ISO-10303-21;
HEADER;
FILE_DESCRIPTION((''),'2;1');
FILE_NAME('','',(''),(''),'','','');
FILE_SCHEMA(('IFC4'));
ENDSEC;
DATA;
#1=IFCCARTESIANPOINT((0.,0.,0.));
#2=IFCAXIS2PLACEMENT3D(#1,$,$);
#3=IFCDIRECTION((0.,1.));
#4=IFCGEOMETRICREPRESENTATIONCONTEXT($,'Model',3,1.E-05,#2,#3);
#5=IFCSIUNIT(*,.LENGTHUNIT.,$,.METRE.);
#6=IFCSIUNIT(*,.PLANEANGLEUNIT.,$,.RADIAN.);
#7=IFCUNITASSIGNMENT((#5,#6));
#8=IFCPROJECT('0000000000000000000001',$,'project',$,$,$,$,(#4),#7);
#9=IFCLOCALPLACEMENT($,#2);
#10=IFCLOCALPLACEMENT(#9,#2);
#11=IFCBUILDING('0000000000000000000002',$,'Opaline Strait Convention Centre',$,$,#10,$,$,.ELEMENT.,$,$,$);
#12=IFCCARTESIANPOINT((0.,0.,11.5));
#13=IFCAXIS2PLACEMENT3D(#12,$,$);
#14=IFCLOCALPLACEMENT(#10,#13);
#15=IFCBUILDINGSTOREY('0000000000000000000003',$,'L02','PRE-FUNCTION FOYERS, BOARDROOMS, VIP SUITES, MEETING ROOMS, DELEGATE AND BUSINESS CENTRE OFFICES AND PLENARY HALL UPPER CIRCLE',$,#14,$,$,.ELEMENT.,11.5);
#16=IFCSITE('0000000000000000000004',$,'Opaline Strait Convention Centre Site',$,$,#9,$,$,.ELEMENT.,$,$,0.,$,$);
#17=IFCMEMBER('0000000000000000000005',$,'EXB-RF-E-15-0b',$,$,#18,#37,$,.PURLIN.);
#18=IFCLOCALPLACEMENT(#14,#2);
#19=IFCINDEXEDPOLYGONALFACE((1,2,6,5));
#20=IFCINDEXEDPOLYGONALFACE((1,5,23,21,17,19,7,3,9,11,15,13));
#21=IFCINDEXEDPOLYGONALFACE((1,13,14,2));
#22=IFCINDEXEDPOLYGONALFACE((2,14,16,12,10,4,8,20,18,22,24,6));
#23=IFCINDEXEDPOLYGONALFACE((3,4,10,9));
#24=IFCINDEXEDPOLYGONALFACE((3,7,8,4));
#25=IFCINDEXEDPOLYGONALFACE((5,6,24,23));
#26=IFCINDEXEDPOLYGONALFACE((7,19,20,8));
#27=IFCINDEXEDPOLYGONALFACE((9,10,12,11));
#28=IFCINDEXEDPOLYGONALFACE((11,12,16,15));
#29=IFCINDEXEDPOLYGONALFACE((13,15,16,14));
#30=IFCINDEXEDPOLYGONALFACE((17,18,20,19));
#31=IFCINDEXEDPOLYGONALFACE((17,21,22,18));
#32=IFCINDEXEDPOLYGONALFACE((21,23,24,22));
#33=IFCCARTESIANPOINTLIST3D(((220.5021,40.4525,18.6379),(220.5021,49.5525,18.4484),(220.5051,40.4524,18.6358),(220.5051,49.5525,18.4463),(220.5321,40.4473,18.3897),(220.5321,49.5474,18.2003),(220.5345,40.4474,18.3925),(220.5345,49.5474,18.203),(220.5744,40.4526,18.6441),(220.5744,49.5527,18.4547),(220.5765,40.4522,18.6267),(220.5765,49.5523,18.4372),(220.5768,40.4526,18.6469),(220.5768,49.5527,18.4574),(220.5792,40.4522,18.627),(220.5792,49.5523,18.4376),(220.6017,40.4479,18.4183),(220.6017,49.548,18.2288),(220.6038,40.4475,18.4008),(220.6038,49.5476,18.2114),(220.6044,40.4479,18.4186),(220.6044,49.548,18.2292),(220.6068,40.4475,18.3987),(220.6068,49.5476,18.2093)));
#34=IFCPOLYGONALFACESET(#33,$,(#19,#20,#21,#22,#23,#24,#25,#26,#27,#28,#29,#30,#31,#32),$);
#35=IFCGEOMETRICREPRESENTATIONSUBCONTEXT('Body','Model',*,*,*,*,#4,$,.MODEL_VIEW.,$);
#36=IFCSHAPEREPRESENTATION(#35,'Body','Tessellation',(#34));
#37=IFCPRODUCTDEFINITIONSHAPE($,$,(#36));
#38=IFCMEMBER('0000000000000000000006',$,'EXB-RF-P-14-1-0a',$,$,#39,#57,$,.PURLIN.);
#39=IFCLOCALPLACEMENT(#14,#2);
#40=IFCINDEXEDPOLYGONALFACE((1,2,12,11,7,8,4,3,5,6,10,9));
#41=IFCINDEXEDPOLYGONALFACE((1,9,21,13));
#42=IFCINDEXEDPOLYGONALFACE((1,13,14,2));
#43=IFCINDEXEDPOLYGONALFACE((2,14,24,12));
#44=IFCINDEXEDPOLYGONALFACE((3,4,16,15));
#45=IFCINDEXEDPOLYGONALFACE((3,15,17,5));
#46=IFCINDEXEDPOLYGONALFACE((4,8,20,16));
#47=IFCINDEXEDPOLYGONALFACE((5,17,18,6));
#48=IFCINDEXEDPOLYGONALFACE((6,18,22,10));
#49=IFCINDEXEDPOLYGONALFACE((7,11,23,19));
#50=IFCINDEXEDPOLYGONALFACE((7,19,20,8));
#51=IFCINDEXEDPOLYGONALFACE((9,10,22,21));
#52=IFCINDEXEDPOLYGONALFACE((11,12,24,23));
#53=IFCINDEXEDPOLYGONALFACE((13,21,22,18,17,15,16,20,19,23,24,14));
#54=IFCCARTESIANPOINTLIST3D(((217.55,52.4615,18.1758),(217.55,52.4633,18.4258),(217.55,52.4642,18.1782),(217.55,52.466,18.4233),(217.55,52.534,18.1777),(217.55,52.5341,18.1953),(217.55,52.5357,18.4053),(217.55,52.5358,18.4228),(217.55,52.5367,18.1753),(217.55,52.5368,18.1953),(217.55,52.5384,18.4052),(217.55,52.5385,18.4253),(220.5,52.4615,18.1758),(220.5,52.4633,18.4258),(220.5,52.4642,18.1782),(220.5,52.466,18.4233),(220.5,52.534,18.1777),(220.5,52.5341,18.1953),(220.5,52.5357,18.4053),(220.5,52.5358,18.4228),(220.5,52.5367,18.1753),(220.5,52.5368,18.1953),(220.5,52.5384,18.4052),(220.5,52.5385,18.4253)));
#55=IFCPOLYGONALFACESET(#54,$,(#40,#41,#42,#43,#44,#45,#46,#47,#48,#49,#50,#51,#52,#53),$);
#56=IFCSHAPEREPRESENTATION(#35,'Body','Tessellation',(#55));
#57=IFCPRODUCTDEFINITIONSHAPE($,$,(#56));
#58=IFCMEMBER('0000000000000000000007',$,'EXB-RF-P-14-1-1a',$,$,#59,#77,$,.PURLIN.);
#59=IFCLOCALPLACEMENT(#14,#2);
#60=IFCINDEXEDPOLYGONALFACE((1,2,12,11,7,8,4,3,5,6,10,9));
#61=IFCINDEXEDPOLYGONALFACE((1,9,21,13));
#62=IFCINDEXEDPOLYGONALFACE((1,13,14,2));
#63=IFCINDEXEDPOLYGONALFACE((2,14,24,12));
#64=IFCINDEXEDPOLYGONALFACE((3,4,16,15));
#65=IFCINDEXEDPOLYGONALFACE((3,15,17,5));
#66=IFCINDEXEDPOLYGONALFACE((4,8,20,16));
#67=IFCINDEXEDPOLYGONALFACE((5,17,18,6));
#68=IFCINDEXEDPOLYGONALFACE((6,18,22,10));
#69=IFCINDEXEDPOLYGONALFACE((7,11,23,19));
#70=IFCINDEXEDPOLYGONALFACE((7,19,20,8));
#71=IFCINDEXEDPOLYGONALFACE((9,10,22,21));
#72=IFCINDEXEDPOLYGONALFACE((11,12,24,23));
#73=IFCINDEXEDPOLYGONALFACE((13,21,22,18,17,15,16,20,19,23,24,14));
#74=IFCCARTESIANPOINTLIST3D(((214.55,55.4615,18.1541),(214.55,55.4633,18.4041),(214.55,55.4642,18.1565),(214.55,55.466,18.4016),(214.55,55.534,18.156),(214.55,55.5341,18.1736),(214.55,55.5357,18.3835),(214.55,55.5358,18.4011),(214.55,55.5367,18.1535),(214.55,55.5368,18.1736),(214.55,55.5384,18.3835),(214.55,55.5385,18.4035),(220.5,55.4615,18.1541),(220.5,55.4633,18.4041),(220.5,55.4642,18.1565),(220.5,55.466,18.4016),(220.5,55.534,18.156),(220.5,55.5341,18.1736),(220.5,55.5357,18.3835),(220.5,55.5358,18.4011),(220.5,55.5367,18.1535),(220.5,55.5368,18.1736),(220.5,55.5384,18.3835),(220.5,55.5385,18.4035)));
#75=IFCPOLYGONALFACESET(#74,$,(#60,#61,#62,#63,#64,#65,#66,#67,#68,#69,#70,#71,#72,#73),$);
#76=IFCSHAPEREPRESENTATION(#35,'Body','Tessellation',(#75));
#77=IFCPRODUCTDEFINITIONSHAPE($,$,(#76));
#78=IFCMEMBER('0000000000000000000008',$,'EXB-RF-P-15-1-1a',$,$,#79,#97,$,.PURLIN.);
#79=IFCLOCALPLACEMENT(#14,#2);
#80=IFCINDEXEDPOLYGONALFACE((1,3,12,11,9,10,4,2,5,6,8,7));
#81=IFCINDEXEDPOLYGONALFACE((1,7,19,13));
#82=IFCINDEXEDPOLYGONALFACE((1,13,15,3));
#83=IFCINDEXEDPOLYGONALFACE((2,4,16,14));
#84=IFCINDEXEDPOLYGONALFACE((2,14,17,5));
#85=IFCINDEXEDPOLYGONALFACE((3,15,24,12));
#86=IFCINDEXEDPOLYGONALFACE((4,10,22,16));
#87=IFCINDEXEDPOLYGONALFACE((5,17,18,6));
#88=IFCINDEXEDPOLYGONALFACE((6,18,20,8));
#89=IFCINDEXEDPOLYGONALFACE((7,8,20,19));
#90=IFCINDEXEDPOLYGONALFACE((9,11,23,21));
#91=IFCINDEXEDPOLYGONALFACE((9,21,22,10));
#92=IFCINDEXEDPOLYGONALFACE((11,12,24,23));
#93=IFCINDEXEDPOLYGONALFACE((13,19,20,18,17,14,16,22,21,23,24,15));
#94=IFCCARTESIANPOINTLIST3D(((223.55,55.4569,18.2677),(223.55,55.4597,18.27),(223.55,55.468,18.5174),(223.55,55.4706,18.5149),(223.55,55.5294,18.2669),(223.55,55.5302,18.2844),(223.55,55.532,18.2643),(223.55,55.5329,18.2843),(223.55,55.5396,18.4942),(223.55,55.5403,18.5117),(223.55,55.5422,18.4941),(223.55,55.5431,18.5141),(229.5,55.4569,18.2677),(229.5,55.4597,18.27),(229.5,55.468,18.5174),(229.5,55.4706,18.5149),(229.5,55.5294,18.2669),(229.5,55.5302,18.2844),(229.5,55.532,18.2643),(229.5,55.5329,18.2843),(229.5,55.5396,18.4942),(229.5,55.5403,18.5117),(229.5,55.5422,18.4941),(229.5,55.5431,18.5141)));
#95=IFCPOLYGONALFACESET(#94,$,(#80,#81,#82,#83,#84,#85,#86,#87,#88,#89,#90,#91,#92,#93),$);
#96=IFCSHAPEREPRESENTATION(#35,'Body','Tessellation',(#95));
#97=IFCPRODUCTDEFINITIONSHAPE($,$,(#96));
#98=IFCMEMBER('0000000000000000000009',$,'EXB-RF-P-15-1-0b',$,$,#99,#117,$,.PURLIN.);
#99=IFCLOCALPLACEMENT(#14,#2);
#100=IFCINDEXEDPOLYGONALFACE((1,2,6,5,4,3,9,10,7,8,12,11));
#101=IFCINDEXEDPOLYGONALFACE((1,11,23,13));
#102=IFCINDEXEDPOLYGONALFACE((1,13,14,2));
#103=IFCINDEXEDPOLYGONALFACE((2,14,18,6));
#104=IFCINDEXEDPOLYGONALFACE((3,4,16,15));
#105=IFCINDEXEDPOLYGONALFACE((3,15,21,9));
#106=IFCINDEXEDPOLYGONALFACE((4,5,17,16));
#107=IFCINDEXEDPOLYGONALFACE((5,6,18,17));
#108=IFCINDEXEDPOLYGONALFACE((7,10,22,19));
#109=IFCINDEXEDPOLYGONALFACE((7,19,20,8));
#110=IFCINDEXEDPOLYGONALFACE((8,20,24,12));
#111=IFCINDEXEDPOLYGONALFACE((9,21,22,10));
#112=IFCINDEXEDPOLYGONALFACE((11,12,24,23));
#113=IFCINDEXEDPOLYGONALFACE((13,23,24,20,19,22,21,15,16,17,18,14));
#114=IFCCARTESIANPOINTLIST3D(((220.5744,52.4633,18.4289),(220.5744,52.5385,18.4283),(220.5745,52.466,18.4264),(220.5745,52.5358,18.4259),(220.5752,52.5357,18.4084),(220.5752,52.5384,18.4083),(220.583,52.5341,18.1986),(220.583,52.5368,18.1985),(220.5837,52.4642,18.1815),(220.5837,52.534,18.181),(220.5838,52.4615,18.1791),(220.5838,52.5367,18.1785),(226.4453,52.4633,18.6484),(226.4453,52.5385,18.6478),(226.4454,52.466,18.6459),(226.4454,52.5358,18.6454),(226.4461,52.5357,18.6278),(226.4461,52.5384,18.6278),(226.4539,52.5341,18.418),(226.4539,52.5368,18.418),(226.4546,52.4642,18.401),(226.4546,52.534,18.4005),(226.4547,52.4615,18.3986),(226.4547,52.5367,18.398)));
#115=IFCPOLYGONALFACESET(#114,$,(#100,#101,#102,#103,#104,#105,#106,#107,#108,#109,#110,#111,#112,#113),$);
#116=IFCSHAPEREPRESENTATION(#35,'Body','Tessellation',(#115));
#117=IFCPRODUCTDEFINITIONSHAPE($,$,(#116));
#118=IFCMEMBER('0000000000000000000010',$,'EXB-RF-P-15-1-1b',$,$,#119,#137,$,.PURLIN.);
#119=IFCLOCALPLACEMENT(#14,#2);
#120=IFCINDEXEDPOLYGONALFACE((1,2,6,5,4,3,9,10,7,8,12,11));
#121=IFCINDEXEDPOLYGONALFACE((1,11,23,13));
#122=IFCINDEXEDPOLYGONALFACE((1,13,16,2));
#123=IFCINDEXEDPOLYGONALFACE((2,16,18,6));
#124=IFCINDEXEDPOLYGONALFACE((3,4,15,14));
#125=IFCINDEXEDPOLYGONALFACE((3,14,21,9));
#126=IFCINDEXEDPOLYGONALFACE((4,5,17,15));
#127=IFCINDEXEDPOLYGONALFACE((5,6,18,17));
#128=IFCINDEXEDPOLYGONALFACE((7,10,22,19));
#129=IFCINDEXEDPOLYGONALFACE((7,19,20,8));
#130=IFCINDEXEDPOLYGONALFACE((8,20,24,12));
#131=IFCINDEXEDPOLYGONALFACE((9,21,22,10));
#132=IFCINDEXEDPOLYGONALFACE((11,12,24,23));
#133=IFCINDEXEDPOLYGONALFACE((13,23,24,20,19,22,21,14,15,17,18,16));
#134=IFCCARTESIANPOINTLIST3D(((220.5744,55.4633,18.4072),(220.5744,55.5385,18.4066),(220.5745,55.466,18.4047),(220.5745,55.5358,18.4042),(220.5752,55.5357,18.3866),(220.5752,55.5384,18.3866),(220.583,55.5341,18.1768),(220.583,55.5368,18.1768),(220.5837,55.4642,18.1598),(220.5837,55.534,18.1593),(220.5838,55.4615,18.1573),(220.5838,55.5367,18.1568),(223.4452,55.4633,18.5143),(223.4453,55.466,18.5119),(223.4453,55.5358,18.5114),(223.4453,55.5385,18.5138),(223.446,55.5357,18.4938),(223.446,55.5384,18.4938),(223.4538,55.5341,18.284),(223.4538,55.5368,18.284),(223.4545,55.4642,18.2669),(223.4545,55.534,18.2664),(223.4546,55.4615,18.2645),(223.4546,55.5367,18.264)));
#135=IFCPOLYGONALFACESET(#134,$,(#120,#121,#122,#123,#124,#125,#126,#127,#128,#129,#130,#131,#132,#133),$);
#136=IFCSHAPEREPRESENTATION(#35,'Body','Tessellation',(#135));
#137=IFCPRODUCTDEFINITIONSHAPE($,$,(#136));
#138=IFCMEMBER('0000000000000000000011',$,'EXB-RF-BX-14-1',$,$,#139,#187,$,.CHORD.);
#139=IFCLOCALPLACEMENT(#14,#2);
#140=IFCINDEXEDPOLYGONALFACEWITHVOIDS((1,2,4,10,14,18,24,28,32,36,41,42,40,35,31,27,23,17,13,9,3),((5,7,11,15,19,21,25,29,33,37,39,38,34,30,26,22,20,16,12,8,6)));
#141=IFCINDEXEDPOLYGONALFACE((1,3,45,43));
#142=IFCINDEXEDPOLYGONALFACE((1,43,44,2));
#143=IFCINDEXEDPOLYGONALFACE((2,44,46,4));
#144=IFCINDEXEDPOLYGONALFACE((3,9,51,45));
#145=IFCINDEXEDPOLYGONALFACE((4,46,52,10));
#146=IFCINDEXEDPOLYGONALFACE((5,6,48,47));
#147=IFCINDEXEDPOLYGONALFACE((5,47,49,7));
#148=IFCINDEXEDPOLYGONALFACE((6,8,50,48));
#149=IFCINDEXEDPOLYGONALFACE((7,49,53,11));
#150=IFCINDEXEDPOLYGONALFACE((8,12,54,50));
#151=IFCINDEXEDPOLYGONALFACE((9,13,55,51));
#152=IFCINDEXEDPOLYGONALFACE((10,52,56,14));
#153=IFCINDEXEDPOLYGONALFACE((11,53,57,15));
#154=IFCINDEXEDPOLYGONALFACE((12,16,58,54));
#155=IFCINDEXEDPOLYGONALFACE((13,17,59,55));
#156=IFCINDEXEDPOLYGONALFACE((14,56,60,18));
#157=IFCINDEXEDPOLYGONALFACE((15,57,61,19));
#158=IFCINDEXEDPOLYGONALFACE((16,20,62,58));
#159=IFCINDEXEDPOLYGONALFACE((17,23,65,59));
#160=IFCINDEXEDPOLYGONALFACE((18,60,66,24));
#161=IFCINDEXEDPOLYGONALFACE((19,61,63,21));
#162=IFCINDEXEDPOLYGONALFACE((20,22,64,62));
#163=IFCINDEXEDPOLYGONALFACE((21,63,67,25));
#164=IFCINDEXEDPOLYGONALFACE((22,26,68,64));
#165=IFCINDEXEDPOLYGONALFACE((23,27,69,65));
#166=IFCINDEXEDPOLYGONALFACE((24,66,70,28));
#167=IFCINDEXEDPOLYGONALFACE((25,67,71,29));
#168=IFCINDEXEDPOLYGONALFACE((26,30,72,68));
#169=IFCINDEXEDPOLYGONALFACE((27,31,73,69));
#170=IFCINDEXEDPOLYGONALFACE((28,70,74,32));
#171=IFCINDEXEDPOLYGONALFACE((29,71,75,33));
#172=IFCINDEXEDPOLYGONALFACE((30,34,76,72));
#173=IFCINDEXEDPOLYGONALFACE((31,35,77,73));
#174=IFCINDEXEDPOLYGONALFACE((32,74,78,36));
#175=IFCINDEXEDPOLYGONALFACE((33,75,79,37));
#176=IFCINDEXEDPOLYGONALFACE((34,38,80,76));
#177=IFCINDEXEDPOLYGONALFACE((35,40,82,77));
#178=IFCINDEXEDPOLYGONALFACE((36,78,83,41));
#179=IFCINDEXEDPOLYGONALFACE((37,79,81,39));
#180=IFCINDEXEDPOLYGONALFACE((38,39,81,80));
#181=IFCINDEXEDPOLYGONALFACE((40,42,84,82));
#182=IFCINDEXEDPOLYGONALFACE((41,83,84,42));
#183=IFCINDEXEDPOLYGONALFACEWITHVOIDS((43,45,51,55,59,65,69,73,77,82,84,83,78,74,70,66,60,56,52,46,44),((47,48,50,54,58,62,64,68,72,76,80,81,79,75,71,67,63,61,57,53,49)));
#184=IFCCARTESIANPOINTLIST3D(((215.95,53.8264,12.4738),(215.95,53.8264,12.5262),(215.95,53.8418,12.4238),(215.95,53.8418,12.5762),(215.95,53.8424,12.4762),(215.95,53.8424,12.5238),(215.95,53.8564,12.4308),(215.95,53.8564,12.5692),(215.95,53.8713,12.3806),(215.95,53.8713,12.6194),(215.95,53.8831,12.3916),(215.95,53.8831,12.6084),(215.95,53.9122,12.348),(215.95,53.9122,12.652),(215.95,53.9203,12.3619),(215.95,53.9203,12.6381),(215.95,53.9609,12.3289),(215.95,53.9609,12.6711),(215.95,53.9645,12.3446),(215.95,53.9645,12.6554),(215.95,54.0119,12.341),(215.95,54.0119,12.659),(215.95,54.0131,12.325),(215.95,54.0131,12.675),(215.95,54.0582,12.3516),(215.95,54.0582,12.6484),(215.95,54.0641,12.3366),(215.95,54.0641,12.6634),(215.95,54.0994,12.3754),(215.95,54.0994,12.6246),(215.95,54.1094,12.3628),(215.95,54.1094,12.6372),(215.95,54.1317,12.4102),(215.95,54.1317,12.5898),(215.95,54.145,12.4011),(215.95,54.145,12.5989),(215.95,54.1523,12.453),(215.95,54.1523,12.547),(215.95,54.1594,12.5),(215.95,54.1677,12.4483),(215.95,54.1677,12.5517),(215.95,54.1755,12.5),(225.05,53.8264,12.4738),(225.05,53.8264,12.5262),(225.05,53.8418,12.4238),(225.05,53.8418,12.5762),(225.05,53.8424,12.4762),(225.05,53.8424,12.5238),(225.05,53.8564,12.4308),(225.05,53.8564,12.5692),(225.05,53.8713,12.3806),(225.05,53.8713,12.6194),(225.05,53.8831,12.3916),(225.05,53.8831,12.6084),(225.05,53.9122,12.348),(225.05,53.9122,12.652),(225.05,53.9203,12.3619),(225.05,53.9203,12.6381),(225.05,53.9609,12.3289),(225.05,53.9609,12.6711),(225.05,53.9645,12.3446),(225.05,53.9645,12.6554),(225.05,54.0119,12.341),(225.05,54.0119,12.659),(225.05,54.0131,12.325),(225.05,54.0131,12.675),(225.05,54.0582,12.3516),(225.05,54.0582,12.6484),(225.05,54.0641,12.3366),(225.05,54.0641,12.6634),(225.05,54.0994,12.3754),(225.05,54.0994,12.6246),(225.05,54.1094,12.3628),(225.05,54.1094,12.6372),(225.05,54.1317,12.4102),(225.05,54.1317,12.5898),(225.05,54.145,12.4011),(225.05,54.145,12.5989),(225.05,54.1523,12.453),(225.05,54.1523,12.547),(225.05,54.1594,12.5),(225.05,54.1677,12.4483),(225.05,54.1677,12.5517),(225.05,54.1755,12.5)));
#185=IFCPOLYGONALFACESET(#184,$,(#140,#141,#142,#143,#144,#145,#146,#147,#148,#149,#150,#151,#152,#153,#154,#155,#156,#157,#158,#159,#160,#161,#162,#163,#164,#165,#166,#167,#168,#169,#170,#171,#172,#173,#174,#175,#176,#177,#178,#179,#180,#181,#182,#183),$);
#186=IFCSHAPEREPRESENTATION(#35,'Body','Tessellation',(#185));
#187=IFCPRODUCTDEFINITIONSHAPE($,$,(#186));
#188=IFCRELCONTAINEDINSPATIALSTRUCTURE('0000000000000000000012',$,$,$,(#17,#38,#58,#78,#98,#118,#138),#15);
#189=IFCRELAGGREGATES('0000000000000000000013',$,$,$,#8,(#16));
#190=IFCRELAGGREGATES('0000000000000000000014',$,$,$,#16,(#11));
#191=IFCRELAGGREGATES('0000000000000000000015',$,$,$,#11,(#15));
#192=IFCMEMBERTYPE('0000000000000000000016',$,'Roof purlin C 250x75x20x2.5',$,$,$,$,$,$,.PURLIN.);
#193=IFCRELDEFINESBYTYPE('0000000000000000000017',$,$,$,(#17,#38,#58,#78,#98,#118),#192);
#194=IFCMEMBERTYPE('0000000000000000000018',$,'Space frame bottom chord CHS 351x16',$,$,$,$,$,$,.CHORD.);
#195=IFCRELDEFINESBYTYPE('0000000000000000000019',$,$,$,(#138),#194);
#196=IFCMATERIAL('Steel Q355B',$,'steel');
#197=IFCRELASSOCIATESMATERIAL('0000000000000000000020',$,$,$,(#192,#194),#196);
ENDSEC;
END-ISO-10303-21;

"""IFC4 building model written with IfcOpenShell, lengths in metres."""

from ifc_helpers import new_model, si_unit, direction, frame, origin, origin_2d, place, context, subcontext, project, spatial, polyline, hollow_circle, outline, extrude, material, material_profile, profile_set, type_object, element, save


model = new_model("IFC4")

# Units and contexts
model_context = context("Model", 3, precision=1e-05, world=origin(), true_north=direction((0.0, 1.0)))
body_context = subcontext(model_context, "Body", "Model", "MODEL_VIEW")
ifc_project = project(units=[si_unit("LENGTHUNIT", "METRE"), si_unit("PLANEANGLEUNIT", "RADIAN")], contexts=[model_context])

# Site, building, storey
site_placement = place(None, origin())
site = spatial("IfcSite", under=ifc_project, at=site_placement, Name="Opaline Strait Convention Centre Site", CompositionType="ELEMENT", RefElevation=0.0)
building_placement = place(site_placement, origin())
building = spatial("IfcBuilding", under=site, at=building_placement, Name="Opaline Strait Convention Centre", CompositionType="ELEMENT")
storey_placement = place(building_placement, frame((0.0, 0.0, 11.5)))
storey = spatial("IfcBuildingStorey", under=building, at=storey_placement, Name="L02", Description="PRE-FUNCTION FOYERS, BOARDROOMS, VIP SUITES, MEETING ROOMS, DELEGATE AND BUSINESS CENTRE OFFICES AND PLENARY HALL UPPER CIRCLE", CompositionType="ELEMENT", Elevation=11.5)

# Members
ifc_material_1 = material(Name="Steel Q355B", Category="steel")
ifc_material_profile_1 = material_profile(ifc_material_1, outline(polyline([(-0.0376, -0.125), (0.0376, -0.125), (0.0376, -0.105), (0.0349, -0.105), (0.0349, -0.1226), (-0.0349, -0.1226), (-0.0349, 0.1226), (0.0349, 0.1226), (0.0349, 0.105), (0.0376, 0.105), (0.0376, 0.125), (-0.0376, 0.125), (-0.0376, -0.125)])), Name="C 250x75x20x2.5")
ifc_profile_set_1 = profile_set([ifc_material_profile_1], Name="Steel Q355B")
member_type_1 = type_object("IfcMemberType", Name="Roof purlin C 250x75x20x2.5", PredefinedType="PURLIN", material=ifc_profile_set_1)
member_1_placement = place(storey_placement, frame((220.5544, 49.55, 18.3289), z_axis=(0.0, -0.999783, 0.020814), x_axis=(0.992786, 0.002496, 0.11987)))
element("IfcMember", 1, at=member_1_placement, inside=storey, type_object=member_type_1, Name="EXB-RF-E-15-0b", PredefinedType="PURLIN", context=body_context, shape_type="SweptSolid", body=[
    extrude(outline(polyline([(-0.0376, -0.125), (0.0376, -0.125), (0.0376, -0.105), (0.0349, -0.105), (0.0349, -0.1226), (-0.0349, -0.1226), (-0.0349, 0.1226), (0.0349, 0.1226), (0.0349, 0.105), (0.0376, 0.105), (0.0376, 0.125), (-0.0376, 0.125), (-0.0376, -0.125)])), origin(), (0.0, 0.0, 1.0), 9.1021),
])
member_2_placement = place(storey_placement, frame((217.55, 52.5, 18.3005), z_axis=(1.0, 0.0, 0.0), x_axis=(0.0, 0.999974, -0.007274)))
element("IfcMember", 2, at=member_2_placement, inside=storey, type_object=member_type_1, Name="EXB-RF-P-14-1-0a", PredefinedType="PURLIN", context=body_context, shape_type="SweptSolid", body=[
    extrude(outline(polyline([(-0.0376, -0.125), (0.0376, -0.125), (0.0376, -0.105), (0.0349, -0.105), (0.0349, -0.1226), (-0.0349, -0.1226), (-0.0349, 0.1226), (0.0349, 0.1226), (0.0349, 0.105), (0.0376, 0.105), (0.0376, 0.125), (-0.0376, 0.125), (-0.0376, -0.125)])), origin(), (0.0, 0.0, 1.0), 2.95),
])
for number, where, z_axis, x_axis, name in (
    (3, (214.55, 55.5, 18.2788), (1.0, 0.0, 0.0), (0.0, 0.999974, -0.007274), "EXB-RF-P-14-1-1a"),
    (4, (223.55, 55.5, 18.3909), (1.0, 0.0, 0.0), (0.0, 0.999005, -0.044606), "EXB-RF-P-15-1-1a"),
):
    element("IfcMember", number, at=place(storey_placement, frame(where, z_axis=z_axis, x_axis=x_axis)), inside=storey, type_object=member_type_1, Name=name, PredefinedType="PURLIN", context=body_context, shape_type="SweptSolid", body=[
        extrude(outline(polyline([(-0.0376, -0.125), (0.0376, -0.125), (0.0376, -0.105), (0.0349, -0.105), (0.0349, -0.1226), (-0.0349, -0.1226), (-0.0349, 0.1226), (0.0349, 0.1226), (0.0349, 0.105), (0.0376, 0.105), (0.0376, 0.125), (-0.0376, 0.125), (-0.0376, -0.125)])), origin(), (0.0, 0.0, 1.0), 5.95),
    ])
member_3_placement = place(storey_placement, frame((220.5791, 52.5, 18.3037), z_axis=(0.999302, 0.0, 0.037359), x_axis=(0.000272, 0.999974, -0.007269)))
element("IfcMember", 5, at=member_3_placement, inside=storey, type_object=member_type_1, Name="EXB-RF-P-15-1-0b", PredefinedType="PURLIN", context=body_context, shape_type="SweptSolid", body=[
    extrude(outline(polyline([(-0.0376, -0.125), (0.0376, -0.125), (0.0376, -0.105), (0.0349, -0.105), (0.0349, -0.1226), (-0.0349, -0.1226), (-0.0349, 0.1226), (0.0349, 0.1226), (0.0349, 0.105), (0.0376, 0.105), (0.0376, 0.125), (-0.0376, 0.125), (-0.0376, -0.125)])), origin(), (0.0, 0.0, 1.0), 5.875),
])
member_4_placement = place(storey_placement, frame((220.5791, 55.5, 18.282), z_axis=(0.999304, 0.0, 0.037307), x_axis=(0.000271, 0.999974, -0.007269)))
element("IfcMember", 6, at=member_4_placement, inside=storey, type_object=member_type_1, Name="EXB-RF-P-15-1-1b", PredefinedType="PURLIN", context=body_context, shape_type="SweptSolid", body=[
    extrude(outline(polyline([(-0.0376, -0.125), (0.0376, -0.125), (0.0376, -0.105), (0.0349, -0.105), (0.0349, -0.1226), (-0.0349, -0.1226), (-0.0349, 0.1226), (0.0349, 0.1226), (0.0349, 0.105), (0.0376, 0.105), (0.0376, 0.125), (-0.0376, 0.125), (-0.0376, -0.125)])), origin(), (0.0, 0.0, 1.0), 2.8728),
])
ifc_material_profile_2 = material_profile(ifc_material_1, hollow_circle(Radius=0.1755, WallThickness=0.0161, at=origin_2d()), Name="CHS 351x16")
ifc_profile_set_2 = profile_set([ifc_material_profile_2], Name="Steel Q355B")
member_type_2 = type_object("IfcMemberType", Name="Space frame bottom chord CHS 351x16", PredefinedType="CHORD", material=ifc_profile_set_2)
for number, where, z_axis, x_axis, name in (
    (7, (215.95, 54.0, 12.5), (1.0, 0.0, 0.0), (0.0, 1.0, 0.0), "EXB-RF-BX-14-1"),
):
    element("IfcMember", number, at=place(storey_placement, frame(where, z_axis=z_axis, x_axis=x_axis)), inside=storey, type_object=member_type_2, Name=name, PredefinedType="CHORD", context=body_context, shape_type="SweptSolid", body=[
        extrude(hollow_circle(Radius=0.1755, WallThickness=0.0161, at=origin_2d()), origin(), (0.0, 0.0, 1.0), 9.1001),
    ])

save(model, "model.ifc")
